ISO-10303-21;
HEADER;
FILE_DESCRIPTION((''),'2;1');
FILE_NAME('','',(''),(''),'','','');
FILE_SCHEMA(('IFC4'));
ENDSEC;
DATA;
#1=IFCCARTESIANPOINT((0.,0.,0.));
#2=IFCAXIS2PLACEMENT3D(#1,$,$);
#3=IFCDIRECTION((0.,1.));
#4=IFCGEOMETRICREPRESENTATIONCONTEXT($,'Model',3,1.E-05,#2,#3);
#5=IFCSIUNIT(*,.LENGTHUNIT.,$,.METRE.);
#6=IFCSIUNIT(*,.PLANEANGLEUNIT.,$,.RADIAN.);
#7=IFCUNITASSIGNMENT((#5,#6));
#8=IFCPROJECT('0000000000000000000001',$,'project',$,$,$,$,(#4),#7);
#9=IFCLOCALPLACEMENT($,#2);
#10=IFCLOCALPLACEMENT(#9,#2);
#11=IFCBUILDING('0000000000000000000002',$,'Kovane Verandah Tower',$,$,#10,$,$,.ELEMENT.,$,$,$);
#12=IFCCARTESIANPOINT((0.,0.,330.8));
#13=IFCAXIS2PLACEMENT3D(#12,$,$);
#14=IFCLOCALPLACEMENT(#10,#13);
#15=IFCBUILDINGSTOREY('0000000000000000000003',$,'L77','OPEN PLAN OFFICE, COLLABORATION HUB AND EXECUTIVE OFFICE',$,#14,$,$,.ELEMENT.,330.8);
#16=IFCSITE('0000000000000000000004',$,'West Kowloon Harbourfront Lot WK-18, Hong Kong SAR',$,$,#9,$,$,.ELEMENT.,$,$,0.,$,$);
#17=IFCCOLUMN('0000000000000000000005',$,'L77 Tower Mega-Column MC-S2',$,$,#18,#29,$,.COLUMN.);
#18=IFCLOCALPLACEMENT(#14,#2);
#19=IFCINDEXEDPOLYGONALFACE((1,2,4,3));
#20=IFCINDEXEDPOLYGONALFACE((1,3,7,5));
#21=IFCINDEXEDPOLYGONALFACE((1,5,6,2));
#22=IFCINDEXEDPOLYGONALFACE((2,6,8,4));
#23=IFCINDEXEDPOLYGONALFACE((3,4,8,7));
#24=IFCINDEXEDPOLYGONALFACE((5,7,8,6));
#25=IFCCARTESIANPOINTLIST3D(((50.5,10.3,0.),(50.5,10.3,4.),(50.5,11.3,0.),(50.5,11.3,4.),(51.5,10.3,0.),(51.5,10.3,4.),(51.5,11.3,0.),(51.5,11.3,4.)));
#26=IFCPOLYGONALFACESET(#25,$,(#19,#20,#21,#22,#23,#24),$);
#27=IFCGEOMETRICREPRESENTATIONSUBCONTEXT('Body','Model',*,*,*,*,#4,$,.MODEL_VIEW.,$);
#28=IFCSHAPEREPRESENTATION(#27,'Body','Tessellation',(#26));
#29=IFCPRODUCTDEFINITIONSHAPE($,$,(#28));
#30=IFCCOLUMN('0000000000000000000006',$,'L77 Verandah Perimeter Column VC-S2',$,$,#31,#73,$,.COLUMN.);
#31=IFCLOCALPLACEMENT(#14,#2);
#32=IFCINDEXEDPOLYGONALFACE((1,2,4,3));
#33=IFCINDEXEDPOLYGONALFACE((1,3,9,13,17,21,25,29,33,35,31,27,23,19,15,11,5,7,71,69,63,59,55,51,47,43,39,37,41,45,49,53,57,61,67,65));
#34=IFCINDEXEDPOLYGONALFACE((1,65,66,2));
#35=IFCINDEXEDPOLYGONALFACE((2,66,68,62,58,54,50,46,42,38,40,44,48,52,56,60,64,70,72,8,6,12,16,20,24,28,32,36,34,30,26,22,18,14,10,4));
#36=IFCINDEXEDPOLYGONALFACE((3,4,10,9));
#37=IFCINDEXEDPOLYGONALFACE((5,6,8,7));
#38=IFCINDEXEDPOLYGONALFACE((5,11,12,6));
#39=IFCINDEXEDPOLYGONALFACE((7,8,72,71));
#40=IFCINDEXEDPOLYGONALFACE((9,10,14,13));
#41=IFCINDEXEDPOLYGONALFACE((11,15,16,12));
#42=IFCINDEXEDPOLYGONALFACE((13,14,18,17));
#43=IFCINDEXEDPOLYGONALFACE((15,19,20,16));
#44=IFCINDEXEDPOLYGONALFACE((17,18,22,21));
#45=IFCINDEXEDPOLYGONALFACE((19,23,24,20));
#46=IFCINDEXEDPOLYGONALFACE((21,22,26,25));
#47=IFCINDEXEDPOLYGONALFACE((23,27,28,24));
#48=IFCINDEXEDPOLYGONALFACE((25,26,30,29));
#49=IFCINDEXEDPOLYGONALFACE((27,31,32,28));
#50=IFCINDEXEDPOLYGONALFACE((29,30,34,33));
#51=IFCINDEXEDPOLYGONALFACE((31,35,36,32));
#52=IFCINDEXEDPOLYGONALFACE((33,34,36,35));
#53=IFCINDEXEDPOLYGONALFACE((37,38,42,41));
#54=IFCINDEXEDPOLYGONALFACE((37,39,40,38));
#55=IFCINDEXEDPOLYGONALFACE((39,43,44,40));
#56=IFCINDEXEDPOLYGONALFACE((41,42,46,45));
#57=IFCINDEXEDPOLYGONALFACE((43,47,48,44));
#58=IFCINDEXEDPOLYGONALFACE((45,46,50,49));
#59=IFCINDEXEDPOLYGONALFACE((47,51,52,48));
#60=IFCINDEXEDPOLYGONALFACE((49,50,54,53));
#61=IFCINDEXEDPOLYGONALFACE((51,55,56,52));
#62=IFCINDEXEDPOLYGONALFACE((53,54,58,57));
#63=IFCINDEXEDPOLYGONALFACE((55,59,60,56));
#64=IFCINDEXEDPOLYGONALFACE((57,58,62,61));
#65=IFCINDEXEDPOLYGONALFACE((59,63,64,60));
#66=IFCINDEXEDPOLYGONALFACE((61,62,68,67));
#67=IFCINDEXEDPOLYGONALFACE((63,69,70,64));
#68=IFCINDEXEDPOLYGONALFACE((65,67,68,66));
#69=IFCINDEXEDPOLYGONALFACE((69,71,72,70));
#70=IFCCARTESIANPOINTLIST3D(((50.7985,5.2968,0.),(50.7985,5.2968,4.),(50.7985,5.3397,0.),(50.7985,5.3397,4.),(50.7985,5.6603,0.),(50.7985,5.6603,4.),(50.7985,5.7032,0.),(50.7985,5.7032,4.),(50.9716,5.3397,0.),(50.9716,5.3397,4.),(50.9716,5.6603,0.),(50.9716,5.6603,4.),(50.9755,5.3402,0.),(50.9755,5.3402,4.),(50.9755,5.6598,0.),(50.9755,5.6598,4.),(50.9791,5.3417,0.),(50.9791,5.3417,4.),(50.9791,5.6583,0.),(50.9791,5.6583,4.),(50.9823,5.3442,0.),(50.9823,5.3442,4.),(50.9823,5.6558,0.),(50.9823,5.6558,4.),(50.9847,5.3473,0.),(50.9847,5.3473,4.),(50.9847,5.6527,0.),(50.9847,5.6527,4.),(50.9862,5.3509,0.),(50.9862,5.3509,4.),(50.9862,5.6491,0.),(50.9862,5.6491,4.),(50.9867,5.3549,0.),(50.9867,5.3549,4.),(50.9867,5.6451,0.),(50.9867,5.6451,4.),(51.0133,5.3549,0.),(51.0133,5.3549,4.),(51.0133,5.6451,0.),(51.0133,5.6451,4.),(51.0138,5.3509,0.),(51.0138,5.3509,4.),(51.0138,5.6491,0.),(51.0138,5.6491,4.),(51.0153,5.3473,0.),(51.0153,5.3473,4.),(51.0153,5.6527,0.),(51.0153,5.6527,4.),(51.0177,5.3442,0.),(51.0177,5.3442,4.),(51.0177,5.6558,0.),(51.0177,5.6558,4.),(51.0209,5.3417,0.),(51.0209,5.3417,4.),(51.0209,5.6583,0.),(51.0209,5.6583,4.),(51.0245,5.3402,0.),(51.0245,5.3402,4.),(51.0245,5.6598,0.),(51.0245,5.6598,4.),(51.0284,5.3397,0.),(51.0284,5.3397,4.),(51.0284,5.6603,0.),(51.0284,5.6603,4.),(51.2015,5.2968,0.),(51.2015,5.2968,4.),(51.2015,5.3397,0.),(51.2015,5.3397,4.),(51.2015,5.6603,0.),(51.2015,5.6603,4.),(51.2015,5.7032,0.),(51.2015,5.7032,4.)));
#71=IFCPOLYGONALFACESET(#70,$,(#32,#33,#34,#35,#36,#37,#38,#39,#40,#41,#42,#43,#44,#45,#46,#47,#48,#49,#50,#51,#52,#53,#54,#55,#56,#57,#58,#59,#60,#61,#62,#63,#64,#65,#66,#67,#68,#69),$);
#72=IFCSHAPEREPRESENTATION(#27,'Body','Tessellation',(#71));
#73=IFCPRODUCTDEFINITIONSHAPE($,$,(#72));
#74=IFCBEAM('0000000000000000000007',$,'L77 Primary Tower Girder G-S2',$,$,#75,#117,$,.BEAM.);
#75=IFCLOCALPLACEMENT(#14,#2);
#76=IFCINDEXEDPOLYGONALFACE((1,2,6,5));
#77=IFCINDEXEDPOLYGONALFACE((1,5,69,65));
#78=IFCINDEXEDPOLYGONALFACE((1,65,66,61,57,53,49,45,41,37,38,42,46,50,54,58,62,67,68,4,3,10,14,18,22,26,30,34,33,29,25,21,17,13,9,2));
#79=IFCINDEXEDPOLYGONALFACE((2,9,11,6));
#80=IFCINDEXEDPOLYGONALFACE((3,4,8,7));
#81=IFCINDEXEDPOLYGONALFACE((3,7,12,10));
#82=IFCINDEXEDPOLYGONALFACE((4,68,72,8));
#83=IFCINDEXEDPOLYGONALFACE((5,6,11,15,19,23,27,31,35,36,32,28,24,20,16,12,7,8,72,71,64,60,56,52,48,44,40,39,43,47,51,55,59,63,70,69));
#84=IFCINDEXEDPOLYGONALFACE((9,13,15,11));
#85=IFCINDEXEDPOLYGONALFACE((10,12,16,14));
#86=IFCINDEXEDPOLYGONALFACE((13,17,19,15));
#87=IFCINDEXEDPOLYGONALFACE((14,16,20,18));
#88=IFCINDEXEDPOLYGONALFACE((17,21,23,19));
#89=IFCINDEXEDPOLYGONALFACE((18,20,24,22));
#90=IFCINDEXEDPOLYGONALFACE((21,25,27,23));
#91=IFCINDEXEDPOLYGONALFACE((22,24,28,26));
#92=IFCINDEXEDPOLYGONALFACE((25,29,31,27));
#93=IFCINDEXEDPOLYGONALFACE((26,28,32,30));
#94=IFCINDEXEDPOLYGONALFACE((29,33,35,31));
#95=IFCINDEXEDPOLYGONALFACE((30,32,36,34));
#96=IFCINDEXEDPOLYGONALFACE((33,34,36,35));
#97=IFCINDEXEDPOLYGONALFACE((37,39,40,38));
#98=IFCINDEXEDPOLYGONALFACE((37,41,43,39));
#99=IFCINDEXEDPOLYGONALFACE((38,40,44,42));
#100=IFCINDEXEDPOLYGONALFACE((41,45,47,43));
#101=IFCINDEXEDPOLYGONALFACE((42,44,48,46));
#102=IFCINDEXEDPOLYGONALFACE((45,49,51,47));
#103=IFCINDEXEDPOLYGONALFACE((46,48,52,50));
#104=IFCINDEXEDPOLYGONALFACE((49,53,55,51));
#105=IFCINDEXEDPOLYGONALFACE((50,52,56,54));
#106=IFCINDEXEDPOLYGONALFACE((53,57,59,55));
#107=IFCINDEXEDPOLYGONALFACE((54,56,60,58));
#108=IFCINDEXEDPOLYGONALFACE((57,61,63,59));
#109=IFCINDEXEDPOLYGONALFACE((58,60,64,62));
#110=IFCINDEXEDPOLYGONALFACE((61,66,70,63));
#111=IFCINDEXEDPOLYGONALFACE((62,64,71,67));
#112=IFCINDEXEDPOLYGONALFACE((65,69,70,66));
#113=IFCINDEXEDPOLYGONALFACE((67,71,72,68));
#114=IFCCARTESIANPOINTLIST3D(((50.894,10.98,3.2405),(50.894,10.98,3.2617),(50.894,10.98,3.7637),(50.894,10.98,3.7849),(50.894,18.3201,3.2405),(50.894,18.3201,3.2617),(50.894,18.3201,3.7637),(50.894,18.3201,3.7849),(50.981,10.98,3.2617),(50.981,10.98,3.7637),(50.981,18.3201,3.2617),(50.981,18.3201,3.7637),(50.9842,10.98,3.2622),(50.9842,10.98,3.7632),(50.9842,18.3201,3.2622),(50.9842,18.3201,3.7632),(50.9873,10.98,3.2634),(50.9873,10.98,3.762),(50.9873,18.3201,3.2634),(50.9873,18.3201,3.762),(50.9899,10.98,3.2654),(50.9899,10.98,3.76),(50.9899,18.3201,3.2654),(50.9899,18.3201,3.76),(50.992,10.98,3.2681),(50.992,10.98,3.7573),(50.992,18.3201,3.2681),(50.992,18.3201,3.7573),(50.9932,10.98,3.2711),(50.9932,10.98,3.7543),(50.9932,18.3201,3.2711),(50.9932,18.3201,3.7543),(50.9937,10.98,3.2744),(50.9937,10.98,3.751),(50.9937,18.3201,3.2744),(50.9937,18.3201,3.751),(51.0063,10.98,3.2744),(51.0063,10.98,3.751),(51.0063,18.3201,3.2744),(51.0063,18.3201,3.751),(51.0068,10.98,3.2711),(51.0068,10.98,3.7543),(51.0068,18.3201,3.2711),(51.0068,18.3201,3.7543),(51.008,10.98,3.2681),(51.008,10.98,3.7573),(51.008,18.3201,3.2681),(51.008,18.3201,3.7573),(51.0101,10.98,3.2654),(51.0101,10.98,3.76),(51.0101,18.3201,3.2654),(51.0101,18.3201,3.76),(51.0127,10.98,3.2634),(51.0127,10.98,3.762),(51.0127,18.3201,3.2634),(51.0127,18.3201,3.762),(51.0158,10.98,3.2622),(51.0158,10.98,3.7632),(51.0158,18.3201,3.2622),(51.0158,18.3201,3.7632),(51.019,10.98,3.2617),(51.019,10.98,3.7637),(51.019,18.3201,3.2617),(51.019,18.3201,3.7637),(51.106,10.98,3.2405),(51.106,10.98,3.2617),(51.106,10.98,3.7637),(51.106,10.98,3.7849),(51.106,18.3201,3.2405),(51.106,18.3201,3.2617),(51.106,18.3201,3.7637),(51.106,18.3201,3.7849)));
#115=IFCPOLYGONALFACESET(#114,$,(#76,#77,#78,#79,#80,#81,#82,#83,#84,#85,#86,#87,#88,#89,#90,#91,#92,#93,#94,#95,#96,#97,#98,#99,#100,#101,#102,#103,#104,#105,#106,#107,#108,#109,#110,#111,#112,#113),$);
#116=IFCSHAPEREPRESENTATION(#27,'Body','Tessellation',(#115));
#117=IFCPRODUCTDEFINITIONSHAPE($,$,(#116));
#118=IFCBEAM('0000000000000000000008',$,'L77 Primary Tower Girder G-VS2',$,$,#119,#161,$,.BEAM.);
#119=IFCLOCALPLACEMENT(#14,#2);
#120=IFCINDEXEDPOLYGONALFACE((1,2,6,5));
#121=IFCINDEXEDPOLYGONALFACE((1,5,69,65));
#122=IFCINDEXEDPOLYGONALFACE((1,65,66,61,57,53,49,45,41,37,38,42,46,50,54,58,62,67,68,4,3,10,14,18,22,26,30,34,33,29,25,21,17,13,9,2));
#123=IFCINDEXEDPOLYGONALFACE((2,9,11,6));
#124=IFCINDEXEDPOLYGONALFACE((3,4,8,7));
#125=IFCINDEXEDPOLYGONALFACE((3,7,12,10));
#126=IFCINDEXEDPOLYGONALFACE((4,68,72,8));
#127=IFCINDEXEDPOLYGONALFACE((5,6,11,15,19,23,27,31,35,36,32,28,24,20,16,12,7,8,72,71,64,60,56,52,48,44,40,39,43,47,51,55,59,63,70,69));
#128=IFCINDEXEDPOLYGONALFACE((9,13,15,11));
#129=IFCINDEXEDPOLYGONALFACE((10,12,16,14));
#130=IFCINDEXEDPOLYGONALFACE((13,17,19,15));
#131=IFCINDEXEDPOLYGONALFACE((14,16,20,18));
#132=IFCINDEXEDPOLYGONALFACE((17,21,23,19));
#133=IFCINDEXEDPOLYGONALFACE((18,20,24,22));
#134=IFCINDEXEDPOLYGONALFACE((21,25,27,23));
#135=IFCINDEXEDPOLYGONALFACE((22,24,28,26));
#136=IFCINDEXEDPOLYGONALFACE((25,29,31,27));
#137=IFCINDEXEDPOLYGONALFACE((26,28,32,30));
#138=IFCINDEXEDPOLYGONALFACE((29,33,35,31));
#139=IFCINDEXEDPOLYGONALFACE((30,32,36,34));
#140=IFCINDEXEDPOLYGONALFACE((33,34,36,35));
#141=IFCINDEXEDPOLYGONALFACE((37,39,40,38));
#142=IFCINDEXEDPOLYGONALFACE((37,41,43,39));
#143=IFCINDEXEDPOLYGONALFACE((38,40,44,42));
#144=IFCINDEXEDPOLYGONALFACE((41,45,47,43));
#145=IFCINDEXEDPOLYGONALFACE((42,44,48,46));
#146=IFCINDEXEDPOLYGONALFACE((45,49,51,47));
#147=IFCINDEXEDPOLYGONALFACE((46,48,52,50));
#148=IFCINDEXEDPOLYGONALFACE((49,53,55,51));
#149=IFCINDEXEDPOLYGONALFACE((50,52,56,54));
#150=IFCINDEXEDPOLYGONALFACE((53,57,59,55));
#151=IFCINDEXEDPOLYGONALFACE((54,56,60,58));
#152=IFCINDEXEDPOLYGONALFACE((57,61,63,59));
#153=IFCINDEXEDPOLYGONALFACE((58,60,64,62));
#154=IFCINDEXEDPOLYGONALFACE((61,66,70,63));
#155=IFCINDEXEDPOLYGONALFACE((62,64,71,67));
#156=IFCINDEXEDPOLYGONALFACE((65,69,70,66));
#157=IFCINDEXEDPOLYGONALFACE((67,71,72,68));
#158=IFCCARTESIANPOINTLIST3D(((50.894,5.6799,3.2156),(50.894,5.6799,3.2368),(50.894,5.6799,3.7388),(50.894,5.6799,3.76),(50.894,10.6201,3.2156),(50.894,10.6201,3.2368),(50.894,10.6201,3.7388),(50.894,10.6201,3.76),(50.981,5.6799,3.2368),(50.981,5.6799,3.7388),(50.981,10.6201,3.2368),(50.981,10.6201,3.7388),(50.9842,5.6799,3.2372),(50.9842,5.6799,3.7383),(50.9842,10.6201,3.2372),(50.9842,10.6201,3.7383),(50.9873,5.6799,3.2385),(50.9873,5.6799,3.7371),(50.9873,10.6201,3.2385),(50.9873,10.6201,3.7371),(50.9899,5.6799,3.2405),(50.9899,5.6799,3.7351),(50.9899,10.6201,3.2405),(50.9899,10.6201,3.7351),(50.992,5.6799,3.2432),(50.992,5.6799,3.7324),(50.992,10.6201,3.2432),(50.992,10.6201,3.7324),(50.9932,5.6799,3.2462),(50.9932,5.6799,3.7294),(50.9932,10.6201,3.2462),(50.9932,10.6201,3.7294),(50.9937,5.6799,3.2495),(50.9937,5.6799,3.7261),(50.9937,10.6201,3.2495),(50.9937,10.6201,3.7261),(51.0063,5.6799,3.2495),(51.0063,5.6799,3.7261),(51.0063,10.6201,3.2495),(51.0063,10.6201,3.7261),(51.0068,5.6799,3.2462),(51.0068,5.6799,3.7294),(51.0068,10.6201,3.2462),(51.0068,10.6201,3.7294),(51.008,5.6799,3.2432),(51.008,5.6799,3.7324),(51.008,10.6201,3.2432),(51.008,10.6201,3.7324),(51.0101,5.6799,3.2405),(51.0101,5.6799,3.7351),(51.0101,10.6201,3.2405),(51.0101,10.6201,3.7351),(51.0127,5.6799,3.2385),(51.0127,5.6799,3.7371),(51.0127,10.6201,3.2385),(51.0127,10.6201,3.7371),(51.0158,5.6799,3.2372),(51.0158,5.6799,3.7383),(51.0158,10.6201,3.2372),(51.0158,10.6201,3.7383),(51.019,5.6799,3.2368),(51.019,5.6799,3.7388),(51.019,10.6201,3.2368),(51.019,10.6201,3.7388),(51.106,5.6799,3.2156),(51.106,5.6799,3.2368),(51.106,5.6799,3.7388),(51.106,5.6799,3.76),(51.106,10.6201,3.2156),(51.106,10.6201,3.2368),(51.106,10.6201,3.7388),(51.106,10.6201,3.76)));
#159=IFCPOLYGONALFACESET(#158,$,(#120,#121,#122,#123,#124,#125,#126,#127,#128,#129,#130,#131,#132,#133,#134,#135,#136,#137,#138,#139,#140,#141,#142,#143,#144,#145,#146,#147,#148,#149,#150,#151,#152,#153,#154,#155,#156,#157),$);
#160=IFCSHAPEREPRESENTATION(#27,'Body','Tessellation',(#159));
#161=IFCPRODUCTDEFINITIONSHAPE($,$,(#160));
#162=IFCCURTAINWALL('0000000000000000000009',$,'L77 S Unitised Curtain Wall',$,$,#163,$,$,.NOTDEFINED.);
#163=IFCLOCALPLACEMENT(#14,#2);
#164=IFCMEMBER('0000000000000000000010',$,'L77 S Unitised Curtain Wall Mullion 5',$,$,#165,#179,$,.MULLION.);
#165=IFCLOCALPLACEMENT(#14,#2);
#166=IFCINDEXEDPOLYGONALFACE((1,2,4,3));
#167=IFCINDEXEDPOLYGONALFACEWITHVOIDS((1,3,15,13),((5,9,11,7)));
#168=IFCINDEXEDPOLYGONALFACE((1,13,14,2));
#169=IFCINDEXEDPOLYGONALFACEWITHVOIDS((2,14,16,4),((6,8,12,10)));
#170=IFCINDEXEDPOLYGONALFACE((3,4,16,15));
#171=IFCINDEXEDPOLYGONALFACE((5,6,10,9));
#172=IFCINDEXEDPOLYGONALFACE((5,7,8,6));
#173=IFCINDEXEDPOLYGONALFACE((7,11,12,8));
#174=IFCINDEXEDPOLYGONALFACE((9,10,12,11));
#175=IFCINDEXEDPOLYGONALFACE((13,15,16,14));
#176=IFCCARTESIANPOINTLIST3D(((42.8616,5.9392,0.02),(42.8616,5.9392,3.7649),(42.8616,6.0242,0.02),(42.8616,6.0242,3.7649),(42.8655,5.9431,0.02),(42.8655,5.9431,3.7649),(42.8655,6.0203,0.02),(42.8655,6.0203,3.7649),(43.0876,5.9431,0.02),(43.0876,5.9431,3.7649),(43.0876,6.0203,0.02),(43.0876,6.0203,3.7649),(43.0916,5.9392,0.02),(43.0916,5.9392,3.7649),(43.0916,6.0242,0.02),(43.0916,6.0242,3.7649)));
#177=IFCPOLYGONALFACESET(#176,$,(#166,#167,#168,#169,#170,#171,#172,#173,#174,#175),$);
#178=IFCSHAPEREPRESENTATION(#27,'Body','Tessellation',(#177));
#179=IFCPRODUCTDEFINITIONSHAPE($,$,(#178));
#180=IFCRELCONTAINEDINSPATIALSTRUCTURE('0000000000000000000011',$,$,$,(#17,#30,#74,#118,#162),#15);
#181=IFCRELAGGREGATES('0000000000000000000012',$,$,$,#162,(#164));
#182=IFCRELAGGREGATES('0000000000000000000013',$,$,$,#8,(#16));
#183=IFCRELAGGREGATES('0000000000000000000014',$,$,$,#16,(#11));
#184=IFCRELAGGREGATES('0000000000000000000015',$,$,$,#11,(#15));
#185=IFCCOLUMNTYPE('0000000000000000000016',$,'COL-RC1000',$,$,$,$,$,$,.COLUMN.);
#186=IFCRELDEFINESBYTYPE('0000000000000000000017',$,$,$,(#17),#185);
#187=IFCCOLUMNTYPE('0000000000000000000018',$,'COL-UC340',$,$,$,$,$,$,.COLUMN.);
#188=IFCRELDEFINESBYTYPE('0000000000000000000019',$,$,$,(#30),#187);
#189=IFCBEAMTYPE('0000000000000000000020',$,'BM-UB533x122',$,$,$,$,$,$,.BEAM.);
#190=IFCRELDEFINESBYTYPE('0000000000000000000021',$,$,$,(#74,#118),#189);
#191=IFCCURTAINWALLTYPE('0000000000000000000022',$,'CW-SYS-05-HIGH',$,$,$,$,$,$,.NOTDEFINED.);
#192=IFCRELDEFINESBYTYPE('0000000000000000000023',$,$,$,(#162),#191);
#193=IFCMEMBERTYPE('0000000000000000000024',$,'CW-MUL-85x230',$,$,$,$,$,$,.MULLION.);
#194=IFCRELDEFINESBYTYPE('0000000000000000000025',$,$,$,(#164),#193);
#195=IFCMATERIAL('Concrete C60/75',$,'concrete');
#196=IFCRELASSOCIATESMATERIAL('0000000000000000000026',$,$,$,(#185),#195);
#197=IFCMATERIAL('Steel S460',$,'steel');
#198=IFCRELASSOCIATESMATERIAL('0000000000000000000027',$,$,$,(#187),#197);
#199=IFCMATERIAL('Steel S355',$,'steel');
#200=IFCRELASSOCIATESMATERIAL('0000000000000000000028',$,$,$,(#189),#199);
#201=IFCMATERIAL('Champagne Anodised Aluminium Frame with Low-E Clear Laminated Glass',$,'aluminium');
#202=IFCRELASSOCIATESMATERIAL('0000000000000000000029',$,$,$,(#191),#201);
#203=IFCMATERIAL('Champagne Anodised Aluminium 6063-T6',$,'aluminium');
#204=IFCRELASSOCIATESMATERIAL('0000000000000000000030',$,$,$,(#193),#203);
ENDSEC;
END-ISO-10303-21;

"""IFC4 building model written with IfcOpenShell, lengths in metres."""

from ifc_helpers import new_model, si_unit, direction, frame, origin, origin_2d, place, context, subcontext, project, spatial, rectangle, hollow_rectangle, i_section, extrude, material, material_profile, profile_set, type_object, element, aggregate, save


model = new_model("IFC4")

# Units and contexts
model_context = context("Model", 3, precision=1e-05, world=origin(), true_north=direction((0.0, 1.0)))
body_context = subcontext(model_context, "Body", "Model", "MODEL_VIEW")
ifc_project = project(units=[si_unit("LENGTHUNIT", "METRE"), si_unit("PLANEANGLEUNIT", "RADIAN")], contexts=[model_context])

# Site, building, storey
site_placement = place(None, origin())
site = spatial("IfcSite", under=ifc_project, at=site_placement, Name="West Kowloon Harbourfront Lot WK-18, Hong Kong SAR", CompositionType="ELEMENT", RefElevation=0.0)
building_placement = place(site_placement, origin())
building = spatial("IfcBuilding", under=site, at=building_placement, Name="Kovane Verandah Tower", CompositionType="ELEMENT")
storey_placement = place(building_placement, frame((0.0, 0.0, 330.8)))
storey = spatial("IfcBuildingStorey", under=building, at=storey_placement, Name="L77", Description="OPEN PLAN OFFICE, COLLABORATION HUB AND EXECUTIVE OFFICE", CompositionType="ELEMENT", Elevation=330.8)

# Columns
ifc_material_1 = material(Name="Concrete C60/75", Category="concrete")
ifc_material_profile_1 = material_profile(ifc_material_1, rectangle(XDim=1.0, YDim=1.0, at=origin_2d()), Name="RC1000x1000")
ifc_profile_set_1 = profile_set([ifc_material_profile_1], Name="Concrete C60/75")
column_type_1 = type_object("IfcColumnType", Name="COL-RC1000", PredefinedType="COLUMN", material=ifc_profile_set_1)
column_1_placement = place(storey_placement, frame((51.0, 10.8, 0.0), z_axis=(0.0, 0.0, 1.0), x_axis=(1.0, 0.0, 0.0)))
element("IfcColumn", 1, at=column_1_placement, inside=storey, type_object=column_type_1, Name="L77 Tower Mega-Column MC-S2", PredefinedType="COLUMN", context=body_context, shape_type="SweptSolid", body=[
    extrude(rectangle(XDim=1.0, YDim=1.0, at=origin_2d()), origin(), (0.0, 0.0, 1.0), 4.0),
])
ifc_material_2 = material(Name="Steel S460", Category="steel")
ifc_material_profile_2 = material_profile(ifc_material_2, i_section(OverallWidth=0.4031, OverallDepth=0.4065, WebThickness=0.0266, FlangeThickness=0.043, FilletRadius=0.0151, at=origin_2d()), Name="UC356x406x340")
ifc_profile_set_2 = profile_set([ifc_material_profile_2], Name="Steel S460")
column_type_2 = type_object("IfcColumnType", Name="COL-UC340", PredefinedType="COLUMN", material=ifc_profile_set_2)
column_2_placement = place(storey_placement, frame((51.0, 5.5, 0.0), z_axis=(0.0, 0.0, 1.0), x_axis=(1.0, 0.0, 0.0)))
element("IfcColumn", 2, at=column_2_placement, inside=storey, type_object=column_type_2, Name="L77 Verandah Perimeter Column VC-S2", PredefinedType="COLUMN", context=body_context, shape_type="SweptSolid", body=[
    extrude(i_section(OverallWidth=0.4031, OverallDepth=0.4065, WebThickness=0.0266, FlangeThickness=0.043, FilletRadius=0.0151, at=origin_2d()), origin(), (0.0, 0.0, 1.0), 4.0),
])

# Beams
ifc_material_3 = material(Name="Steel S355", Category="steel")
ifc_material_profile_3 = material_profile(ifc_material_3, i_section(OverallWidth=0.2119, OverallDepth=0.5444, WebThickness=0.0127, FlangeThickness=0.0212, FilletRadius=0.0127, at=origin_2d()), Name="UB533x210x122")
ifc_profile_set_3 = profile_set([ifc_material_profile_3], Name="Steel S355")
beam_type = type_object("IfcBeamType", Name="BM-UB533x122", PredefinedType="BEAM", material=ifc_profile_set_3)
beam_1_placement = place(storey_placement, frame((51.0, 18.3201, 3.5127), z_axis=(0.0, -1.0, 0.0), x_axis=(1.0, 0.0, 0.0)))
element("IfcBeam", 3, at=beam_1_placement, inside=storey, type_object=beam_type, Name="L77 Primary Tower Girder G-S2", PredefinedType="BEAM", context=body_context, shape_type="SweptSolid", body=[
    extrude(i_section(OverallWidth=0.2119, OverallDepth=0.5444, WebThickness=0.0127, FlangeThickness=0.0212, FilletRadius=0.0127, at=origin_2d()), origin(), (0.0, 0.0, 1.0), 7.3401),
])
beam_2_placement = place(storey_placement, frame((51.0, 10.6201, 3.4878), z_axis=(0.0, -1.0, 0.0), x_axis=(1.0, 0.0, 0.0)))
element("IfcBeam", 4, at=beam_2_placement, inside=storey, type_object=beam_type, Name="L77 Primary Tower Girder G-VS2", PredefinedType="BEAM", context=body_context, shape_type="SweptSolid", body=[
    extrude(i_section(OverallWidth=0.2119, OverallDepth=0.5444, WebThickness=0.0127, FlangeThickness=0.0212, FilletRadius=0.0127, at=origin_2d()), origin(), (0.0, 0.0, 1.0), 4.9402),
])

# Curtain wall, member
ifc_material_4 = material(Name="Champagne Anodised Aluminium Frame with Low-E Clear Laminated Glass", Category="aluminium")
curtain_wall_type = type_object("IfcCurtainWallType", Name="CW-SYS-05-HIGH", PredefinedType="NOTDEFINED", material=ifc_material_4)
curtain_wall_placement = place(storey_placement, origin())
curtain_wall = element("IfcCurtainWall", 5, at=curtain_wall_placement, inside=storey, type_object=curtain_wall_type, Name="L77 S Unitised Curtain Wall", PredefinedType="NOTDEFINED")
ifc_material_5 = material(Name="Champagne Anodised Aluminium 6063-T6", Category="aluminium")
ifc_material_profile_4 = material_profile(ifc_material_5, hollow_rectangle(XDim=0.085, YDim=0.23, WallThickness=0.0039, at=origin_2d()), Name="AL85x230x4")
ifc_profile_set_4 = profile_set([ifc_material_profile_4], Name="Champagne Anodised Aluminium 6063-T6")
member_type_1 = type_object("IfcMemberType", Name="CW-MUL-85x230", PredefinedType="MULLION", material=ifc_profile_set_4)
member_1_placement = place(storey_placement, frame((42.9766, 5.9817, 0.02), z_axis=(0.0, 0.0, 1.0), x_axis=(0.0, -1.0, 0.0)))
member_1 = element("IfcMember", 6, at=member_1_placement, type_object=member_type_1, Name="L77 S Unitised Curtain Wall Mullion 5", PredefinedType="MULLION", context=body_context, shape_type="SweptSolid", body=[
    extrude(hollow_rectangle(XDim=0.085, YDim=0.23, WallThickness=0.0039, at=origin_2d()), origin(), (0.0, 0.0, 1.0), 3.7449),
])
aggregate(curtain_wall, [member_1])

save(model, "model.ifc")
